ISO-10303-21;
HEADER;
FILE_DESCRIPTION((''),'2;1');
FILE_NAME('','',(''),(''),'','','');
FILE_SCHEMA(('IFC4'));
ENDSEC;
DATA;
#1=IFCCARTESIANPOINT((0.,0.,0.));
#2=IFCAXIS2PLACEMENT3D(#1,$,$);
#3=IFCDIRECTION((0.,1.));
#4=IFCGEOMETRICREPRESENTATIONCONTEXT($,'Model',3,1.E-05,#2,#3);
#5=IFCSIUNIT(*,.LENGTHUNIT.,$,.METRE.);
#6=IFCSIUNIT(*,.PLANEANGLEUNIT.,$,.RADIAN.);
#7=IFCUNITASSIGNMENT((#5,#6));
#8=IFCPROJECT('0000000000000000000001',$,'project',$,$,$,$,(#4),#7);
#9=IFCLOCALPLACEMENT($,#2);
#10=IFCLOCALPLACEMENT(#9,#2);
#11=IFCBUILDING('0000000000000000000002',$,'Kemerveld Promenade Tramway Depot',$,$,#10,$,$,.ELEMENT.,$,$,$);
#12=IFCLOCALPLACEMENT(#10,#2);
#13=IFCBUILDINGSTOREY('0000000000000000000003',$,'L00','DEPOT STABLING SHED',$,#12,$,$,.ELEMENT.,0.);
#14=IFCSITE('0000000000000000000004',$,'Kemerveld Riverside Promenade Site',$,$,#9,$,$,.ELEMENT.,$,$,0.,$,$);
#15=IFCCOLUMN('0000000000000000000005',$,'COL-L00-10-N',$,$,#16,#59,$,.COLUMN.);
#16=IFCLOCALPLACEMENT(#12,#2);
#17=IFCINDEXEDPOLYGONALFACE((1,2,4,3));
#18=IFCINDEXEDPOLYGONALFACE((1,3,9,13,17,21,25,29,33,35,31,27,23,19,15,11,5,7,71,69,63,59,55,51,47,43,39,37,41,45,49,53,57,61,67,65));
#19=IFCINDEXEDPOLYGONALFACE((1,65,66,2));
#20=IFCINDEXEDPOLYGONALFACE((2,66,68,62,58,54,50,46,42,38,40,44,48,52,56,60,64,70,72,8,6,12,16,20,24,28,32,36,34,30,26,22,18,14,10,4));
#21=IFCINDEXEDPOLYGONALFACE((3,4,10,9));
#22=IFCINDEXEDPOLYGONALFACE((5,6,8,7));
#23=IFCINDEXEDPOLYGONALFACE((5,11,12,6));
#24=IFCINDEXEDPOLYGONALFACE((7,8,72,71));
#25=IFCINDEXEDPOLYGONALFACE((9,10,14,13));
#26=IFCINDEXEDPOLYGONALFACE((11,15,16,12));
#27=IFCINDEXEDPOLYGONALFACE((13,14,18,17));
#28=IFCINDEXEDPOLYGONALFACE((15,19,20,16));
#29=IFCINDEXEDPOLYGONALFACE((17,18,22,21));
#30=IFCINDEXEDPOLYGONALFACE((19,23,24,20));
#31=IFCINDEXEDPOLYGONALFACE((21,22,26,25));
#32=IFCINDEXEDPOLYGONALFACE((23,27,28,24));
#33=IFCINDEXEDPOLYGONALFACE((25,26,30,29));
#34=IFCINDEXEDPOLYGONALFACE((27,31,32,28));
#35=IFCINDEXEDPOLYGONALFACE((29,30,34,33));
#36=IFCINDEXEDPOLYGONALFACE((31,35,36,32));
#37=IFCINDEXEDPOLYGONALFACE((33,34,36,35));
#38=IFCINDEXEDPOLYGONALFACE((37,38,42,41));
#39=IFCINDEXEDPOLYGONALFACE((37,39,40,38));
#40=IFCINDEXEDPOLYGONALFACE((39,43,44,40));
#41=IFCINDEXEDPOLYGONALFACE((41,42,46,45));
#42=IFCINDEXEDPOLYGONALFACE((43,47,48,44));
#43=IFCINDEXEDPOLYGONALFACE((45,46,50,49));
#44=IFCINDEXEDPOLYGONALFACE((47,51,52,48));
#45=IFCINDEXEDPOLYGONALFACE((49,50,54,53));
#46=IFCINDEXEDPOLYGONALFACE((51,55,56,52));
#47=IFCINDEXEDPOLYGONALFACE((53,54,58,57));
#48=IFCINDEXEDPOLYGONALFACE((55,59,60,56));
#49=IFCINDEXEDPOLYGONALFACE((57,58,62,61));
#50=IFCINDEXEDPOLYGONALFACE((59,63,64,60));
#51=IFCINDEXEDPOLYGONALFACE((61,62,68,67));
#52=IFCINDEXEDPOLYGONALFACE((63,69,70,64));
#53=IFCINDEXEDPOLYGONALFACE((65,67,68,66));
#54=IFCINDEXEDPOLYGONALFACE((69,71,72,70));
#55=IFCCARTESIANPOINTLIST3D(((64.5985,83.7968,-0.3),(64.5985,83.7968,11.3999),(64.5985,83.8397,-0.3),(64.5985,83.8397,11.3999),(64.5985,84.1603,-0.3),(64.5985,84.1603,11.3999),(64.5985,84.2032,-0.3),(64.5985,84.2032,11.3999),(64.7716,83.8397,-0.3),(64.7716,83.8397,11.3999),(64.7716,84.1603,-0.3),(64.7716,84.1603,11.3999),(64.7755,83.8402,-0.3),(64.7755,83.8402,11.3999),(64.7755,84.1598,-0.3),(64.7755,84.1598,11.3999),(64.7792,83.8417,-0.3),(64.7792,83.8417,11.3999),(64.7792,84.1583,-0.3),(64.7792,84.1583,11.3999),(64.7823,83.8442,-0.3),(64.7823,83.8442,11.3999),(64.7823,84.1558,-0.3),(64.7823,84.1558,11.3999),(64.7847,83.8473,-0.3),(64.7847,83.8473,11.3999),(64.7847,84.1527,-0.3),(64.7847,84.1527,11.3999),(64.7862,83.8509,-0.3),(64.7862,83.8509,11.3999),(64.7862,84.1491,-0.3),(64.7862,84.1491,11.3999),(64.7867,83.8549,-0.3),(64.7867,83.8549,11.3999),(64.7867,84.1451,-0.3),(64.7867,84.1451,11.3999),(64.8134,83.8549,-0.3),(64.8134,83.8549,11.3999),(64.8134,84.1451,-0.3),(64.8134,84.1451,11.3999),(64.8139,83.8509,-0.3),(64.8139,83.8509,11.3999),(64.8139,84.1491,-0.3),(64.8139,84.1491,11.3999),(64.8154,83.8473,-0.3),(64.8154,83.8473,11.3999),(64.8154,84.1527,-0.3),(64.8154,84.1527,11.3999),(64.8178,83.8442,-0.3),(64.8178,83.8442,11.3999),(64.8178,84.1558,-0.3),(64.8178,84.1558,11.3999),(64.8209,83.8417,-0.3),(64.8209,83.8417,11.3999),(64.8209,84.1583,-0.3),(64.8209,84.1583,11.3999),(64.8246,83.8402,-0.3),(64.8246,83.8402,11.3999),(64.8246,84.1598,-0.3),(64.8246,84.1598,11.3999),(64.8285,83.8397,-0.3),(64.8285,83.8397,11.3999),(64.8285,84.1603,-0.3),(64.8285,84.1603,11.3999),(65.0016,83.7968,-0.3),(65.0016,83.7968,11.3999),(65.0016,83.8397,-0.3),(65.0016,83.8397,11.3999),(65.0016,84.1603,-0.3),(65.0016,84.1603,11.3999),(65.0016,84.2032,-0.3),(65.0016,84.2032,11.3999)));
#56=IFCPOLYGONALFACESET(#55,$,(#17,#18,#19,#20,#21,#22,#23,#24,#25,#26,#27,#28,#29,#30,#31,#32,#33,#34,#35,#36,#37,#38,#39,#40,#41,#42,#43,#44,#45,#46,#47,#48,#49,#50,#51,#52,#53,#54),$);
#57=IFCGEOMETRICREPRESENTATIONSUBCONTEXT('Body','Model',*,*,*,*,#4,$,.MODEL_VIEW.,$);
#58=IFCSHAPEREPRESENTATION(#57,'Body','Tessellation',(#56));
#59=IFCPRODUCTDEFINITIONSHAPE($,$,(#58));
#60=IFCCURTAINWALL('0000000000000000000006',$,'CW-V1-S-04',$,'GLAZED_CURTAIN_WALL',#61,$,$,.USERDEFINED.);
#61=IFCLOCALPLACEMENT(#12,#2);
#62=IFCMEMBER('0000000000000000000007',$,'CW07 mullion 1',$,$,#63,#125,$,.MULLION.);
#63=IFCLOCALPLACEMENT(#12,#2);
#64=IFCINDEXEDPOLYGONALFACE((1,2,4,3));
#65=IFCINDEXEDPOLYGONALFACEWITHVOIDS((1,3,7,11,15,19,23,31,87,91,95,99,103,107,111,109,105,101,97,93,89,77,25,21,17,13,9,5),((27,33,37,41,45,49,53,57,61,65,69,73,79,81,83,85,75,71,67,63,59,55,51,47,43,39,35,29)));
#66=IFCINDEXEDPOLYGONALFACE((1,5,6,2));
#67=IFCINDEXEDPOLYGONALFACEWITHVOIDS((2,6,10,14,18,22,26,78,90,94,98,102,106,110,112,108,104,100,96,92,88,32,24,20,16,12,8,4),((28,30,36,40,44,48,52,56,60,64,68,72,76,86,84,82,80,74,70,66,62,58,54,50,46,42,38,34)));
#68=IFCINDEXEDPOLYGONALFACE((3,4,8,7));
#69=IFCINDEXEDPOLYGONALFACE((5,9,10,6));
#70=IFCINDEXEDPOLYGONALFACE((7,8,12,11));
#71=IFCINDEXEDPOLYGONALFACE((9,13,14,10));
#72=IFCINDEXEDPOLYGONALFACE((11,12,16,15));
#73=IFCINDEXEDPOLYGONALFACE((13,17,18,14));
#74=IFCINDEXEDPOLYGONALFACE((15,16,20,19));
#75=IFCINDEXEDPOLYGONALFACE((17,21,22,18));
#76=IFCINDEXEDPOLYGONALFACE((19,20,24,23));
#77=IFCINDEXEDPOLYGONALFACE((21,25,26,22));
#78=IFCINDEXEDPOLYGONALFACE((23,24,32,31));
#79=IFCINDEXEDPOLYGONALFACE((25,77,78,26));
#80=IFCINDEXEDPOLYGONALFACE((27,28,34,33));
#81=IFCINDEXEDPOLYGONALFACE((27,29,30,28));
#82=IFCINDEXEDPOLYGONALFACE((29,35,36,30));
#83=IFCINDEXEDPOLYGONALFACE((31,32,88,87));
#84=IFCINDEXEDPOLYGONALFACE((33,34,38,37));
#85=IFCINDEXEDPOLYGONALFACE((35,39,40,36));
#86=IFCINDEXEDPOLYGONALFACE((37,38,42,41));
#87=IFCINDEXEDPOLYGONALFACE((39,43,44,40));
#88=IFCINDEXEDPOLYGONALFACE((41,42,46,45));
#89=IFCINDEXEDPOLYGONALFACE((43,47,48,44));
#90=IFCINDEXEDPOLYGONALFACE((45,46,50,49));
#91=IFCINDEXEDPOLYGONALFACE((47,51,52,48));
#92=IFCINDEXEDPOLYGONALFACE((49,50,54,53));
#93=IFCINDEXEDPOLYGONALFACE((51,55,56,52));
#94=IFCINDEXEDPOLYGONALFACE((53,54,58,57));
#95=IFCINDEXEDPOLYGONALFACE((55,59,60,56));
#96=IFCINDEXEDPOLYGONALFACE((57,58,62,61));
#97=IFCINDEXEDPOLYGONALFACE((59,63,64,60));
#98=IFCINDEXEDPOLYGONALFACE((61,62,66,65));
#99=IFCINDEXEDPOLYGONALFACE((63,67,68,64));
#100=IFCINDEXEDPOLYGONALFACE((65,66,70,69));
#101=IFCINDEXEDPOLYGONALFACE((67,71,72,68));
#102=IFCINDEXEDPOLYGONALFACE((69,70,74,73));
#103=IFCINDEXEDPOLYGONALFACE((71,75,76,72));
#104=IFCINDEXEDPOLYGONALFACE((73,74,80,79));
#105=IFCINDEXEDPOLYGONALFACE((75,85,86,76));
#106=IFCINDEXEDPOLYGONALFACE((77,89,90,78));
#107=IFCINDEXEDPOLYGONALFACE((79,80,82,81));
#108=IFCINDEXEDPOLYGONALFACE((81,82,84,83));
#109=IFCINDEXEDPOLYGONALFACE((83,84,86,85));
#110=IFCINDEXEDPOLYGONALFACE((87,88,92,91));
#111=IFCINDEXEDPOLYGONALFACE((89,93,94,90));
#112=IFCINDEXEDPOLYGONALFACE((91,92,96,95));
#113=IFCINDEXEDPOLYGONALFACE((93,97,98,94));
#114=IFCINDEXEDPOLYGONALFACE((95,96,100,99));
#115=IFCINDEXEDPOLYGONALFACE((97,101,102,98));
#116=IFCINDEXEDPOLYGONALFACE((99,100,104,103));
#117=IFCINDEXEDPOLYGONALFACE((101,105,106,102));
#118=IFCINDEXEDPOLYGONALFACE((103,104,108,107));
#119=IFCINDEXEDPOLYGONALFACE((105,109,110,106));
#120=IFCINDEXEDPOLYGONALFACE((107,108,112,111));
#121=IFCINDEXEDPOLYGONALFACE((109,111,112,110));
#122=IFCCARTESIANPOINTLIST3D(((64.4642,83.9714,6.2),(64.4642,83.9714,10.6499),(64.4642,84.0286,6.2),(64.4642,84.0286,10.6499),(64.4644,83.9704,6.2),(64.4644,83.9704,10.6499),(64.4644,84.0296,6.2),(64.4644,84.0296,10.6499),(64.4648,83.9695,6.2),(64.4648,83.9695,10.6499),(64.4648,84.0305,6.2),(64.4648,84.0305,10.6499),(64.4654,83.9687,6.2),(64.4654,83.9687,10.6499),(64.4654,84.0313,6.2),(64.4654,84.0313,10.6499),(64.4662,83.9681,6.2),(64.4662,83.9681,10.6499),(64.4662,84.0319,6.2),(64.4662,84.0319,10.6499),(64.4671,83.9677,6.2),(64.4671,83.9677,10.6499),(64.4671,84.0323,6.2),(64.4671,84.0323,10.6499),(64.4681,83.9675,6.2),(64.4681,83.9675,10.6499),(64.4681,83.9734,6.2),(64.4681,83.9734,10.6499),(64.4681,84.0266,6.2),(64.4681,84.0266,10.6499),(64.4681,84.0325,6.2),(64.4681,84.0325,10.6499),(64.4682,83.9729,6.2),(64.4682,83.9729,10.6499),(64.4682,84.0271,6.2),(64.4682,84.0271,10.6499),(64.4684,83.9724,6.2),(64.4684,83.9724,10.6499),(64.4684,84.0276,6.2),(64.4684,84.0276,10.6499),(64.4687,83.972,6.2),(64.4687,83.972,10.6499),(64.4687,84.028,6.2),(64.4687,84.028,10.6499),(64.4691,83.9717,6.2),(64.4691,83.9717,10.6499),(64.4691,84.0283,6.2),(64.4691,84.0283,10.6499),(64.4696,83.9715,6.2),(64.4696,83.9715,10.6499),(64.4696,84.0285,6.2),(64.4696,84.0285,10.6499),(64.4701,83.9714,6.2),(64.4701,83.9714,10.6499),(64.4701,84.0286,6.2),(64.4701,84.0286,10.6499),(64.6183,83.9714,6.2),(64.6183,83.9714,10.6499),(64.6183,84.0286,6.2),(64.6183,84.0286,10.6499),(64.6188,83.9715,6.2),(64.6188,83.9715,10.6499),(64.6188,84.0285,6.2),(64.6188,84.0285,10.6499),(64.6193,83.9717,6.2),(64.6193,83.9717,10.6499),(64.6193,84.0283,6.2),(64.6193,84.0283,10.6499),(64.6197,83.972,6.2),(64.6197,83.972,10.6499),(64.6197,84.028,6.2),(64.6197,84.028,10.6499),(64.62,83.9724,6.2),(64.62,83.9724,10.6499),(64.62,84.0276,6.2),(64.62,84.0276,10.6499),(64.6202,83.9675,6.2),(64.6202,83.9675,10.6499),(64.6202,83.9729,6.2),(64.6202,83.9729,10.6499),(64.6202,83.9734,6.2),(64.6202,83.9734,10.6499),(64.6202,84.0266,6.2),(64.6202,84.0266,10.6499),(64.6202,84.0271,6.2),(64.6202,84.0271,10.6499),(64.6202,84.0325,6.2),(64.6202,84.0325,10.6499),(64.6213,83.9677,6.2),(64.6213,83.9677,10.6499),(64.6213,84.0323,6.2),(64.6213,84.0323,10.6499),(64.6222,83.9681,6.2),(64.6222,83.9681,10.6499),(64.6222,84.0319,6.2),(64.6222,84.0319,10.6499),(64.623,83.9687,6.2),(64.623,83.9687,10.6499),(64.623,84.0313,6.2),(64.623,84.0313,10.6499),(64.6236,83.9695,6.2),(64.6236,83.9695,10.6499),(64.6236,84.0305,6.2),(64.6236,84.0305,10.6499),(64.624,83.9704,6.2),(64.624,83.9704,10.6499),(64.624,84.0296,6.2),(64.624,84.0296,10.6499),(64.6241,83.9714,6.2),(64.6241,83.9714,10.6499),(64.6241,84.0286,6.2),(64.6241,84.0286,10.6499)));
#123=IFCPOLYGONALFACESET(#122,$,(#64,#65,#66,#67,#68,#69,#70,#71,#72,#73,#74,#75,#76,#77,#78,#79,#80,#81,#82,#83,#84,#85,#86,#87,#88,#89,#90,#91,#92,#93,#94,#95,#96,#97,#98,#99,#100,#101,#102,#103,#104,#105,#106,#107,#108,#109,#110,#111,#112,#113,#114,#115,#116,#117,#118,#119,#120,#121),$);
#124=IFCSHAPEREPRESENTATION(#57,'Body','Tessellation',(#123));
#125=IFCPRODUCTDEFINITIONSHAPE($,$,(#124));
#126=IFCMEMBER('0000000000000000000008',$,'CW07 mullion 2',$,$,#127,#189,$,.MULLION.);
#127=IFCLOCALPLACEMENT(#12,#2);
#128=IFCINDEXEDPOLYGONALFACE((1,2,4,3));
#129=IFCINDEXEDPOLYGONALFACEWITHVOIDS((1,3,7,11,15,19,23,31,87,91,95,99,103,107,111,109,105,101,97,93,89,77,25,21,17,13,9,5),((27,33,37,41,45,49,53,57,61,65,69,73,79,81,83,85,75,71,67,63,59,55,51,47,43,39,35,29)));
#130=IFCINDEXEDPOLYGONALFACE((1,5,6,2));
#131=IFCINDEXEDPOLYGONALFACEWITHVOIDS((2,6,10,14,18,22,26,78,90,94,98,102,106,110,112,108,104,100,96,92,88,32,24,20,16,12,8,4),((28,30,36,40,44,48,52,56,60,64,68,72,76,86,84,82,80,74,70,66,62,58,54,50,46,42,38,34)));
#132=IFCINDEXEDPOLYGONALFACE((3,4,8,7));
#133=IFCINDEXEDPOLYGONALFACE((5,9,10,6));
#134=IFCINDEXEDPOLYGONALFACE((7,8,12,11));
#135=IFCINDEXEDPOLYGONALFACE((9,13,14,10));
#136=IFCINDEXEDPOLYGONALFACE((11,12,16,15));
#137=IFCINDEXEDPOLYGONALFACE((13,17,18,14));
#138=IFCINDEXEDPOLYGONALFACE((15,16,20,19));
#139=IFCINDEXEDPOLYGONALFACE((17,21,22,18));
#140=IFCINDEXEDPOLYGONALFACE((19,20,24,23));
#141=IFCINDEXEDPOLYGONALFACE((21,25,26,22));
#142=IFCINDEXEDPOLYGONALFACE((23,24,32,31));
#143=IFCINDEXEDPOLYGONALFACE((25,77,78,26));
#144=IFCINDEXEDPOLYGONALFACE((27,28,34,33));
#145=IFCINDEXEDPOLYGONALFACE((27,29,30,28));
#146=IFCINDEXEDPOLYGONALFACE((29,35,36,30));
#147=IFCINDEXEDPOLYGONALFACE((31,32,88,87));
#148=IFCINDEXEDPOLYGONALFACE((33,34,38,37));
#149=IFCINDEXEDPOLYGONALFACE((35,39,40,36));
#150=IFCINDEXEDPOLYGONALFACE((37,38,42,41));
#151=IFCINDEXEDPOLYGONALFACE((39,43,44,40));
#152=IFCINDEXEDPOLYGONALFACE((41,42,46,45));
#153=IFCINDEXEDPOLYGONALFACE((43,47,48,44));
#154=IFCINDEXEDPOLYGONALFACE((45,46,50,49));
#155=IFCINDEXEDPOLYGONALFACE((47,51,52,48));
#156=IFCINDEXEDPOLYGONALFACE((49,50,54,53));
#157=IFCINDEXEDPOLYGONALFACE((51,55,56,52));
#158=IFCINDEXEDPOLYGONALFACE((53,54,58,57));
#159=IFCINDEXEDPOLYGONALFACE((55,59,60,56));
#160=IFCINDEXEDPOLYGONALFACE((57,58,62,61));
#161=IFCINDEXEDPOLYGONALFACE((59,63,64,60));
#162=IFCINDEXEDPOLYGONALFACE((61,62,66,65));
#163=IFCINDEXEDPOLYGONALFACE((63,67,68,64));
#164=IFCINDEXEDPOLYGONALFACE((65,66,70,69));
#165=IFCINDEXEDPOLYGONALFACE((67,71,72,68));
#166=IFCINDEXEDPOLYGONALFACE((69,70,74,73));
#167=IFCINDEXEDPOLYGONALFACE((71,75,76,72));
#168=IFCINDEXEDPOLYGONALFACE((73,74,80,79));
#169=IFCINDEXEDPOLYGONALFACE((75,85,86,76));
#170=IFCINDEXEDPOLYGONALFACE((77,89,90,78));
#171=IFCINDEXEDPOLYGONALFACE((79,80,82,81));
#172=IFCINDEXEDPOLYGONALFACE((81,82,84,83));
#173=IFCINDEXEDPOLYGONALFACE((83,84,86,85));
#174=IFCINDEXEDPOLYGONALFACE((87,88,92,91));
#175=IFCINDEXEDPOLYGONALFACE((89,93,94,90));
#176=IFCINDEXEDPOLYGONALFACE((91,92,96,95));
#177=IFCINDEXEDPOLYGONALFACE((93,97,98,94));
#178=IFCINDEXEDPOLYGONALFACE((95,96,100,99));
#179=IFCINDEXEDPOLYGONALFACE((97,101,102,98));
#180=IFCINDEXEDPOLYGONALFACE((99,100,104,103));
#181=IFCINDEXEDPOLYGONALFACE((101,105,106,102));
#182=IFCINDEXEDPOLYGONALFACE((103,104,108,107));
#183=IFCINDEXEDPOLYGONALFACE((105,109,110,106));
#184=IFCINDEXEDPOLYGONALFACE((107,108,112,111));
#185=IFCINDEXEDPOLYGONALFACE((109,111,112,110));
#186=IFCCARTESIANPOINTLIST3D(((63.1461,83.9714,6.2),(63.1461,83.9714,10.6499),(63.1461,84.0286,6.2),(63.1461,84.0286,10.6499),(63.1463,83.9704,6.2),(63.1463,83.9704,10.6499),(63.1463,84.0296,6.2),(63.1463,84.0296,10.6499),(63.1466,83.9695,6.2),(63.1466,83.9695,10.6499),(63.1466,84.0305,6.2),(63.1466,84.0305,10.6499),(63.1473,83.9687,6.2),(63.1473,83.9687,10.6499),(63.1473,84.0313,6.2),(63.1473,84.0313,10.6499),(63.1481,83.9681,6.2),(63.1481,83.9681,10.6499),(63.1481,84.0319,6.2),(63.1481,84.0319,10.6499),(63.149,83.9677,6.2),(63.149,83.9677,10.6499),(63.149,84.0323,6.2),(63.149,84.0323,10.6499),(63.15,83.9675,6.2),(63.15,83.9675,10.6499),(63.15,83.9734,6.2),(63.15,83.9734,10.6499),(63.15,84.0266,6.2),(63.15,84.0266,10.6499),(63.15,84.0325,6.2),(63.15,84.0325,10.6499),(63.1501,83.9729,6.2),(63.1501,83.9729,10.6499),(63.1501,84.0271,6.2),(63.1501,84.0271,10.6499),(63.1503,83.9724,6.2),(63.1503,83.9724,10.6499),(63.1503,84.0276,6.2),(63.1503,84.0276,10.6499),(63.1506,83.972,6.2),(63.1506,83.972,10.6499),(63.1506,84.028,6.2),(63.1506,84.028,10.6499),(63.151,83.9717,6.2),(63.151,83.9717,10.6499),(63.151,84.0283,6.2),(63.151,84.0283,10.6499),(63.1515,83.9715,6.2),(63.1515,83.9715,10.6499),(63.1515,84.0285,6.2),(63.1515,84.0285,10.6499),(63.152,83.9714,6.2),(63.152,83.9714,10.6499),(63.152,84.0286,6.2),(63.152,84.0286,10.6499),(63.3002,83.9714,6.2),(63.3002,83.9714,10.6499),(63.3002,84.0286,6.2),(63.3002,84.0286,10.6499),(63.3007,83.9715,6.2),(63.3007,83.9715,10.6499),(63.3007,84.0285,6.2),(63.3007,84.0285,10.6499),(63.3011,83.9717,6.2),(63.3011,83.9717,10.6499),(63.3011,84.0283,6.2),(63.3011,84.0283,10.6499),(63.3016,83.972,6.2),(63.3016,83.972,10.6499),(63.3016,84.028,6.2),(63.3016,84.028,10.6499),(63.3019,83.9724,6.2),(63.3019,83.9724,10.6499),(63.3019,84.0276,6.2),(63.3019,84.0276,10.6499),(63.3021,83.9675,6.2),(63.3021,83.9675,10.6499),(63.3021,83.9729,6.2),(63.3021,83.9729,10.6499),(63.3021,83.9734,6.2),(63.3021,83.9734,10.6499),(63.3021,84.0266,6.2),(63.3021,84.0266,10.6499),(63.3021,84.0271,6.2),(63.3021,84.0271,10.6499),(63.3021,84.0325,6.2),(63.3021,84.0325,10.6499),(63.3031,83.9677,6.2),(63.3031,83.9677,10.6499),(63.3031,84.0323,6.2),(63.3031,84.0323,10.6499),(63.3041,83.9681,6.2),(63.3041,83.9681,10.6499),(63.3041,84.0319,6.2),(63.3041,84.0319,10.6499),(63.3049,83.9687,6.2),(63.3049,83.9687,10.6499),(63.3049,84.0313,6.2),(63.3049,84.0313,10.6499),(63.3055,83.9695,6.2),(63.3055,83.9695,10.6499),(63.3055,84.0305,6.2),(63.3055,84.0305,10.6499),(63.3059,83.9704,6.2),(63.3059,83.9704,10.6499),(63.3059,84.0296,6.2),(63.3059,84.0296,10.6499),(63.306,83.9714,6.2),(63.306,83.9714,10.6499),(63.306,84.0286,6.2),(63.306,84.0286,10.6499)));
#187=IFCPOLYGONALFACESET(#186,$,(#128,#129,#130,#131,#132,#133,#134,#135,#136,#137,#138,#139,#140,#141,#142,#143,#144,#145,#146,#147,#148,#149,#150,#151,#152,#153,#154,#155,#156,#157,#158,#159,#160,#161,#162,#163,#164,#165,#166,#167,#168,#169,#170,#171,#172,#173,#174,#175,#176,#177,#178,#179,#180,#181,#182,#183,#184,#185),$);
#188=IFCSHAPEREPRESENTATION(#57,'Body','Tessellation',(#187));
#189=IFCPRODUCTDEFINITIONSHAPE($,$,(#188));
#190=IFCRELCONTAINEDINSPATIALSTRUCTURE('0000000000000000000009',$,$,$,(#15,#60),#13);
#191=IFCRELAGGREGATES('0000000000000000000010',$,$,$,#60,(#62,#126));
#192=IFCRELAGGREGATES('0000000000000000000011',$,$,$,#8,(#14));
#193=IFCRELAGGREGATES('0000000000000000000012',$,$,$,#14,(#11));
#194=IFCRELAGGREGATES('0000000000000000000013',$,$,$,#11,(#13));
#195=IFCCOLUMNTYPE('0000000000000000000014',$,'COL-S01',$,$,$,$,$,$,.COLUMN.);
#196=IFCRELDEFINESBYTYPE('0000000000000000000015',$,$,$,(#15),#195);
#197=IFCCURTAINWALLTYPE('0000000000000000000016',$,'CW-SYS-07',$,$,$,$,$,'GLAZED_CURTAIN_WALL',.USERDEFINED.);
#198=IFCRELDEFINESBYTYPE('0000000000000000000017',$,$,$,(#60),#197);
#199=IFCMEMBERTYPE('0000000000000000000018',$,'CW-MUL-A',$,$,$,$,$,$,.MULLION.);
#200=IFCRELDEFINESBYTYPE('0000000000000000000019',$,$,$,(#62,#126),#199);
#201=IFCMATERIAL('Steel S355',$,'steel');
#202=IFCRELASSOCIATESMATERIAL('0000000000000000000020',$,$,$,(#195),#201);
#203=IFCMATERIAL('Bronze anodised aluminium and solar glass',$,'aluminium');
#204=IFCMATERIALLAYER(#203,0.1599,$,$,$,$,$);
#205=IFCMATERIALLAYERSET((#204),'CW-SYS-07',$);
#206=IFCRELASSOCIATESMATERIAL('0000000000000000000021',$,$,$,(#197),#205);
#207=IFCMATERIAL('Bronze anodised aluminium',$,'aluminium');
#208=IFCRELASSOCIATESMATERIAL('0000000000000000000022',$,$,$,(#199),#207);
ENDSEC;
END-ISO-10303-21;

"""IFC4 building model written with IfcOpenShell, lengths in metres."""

from ifc_helpers import new_model, si_unit, direction, frame, origin, origin_2d, place, context, subcontext, project, spatial, hollow_rectangle, i_section, extrude, material, layer, layer_set, material_profile, profile_set, type_object, element, aggregate, save


model = new_model("IFC4")

# Units and contexts
model_context = context("Model", 3, precision=1e-05, world=origin(), true_north=direction((0.0, 1.0)))
body_context = subcontext(model_context, "Body", "Model", "MODEL_VIEW")
ifc_project = project(units=[si_unit("LENGTHUNIT", "METRE"), si_unit("PLANEANGLEUNIT", "RADIAN")], contexts=[model_context])

# Site, building, storey
site_placement = place(None, origin())
site = spatial("IfcSite", under=ifc_project, at=site_placement, Name="Kemerveld Riverside Promenade Site", CompositionType="ELEMENT", RefElevation=0.0)
building_placement = place(site_placement, origin())
building = spatial("IfcBuilding", under=site, at=building_placement, Name="Kemerveld Promenade Tramway Depot", CompositionType="ELEMENT")
storey_placement = place(building_placement, origin())
storey = spatial("IfcBuildingStorey", under=building, at=storey_placement, Name="L00", Description="DEPOT STABLING SHED", CompositionType="ELEMENT", Elevation=0.0)

# Column
ifc_material_1 = material(Name="Steel S355", Category="steel")
ifc_material_profile_1 = material_profile(ifc_material_1, i_section(OverallWidth=0.4031, OverallDepth=0.4065, WebThickness=0.0266, FlangeThickness=0.043, FilletRadius=0.0151, at=origin_2d()), Name="356x406x340 UC")
ifc_profile_set_1 = profile_set([ifc_material_profile_1], Name="Steel S355")
column_type = type_object("IfcColumnType", Name="COL-S01", PredefinedType="COLUMN", material=ifc_profile_set_1)
column_placement = place(storey_placement, frame((64.8, 84.0, -0.3), z_axis=(0.0, 0.0, 1.0), x_axis=(1.0, 0.0, 0.0)))
element("IfcColumn", 1, at=column_placement, inside=storey, type_object=column_type, Name="COL-L00-10-N", PredefinedType="COLUMN", context=body_context, shape_type="SweptSolid", body=[
    extrude(i_section(OverallWidth=0.4031, OverallDepth=0.4065, WebThickness=0.0266, FlangeThickness=0.043, FilletRadius=0.0151, at=origin_2d()), origin(), (0.0, 0.0, 1.0), 11.7),
])

# Curtain wall, members
ifc_material_2 = material(Name="Bronze anodised aluminium and solar glass", Category="aluminium")
ifc_layer_1 = layer(ifc_material_2, 0.1599)
ifc_layer_set_1 = layer_set([ifc_layer_1], Name="CW-SYS-07")
curtain_wall_type_1 = type_object("IfcCurtainWallType", Name="CW-SYS-07", ElementType="GLAZED_CURTAIN_WALL", PredefinedType="USERDEFINED", material=ifc_layer_set_1)
curtain_wall_1_placement = place(storey_placement, origin())
curtain_wall_1 = element("IfcCurtainWall", 2, at=curtain_wall_1_placement, inside=storey, type_object=curtain_wall_type_1, Name="CW-V1-S-04", ObjectType="GLAZED_CURTAIN_WALL", PredefinedType="USERDEFINED")
ifc_material_3 = material(Name="Bronze anodised aluminium", Category="aluminium")
ifc_material_profile_2 = material_profile(ifc_material_3, hollow_rectangle(XDim=0.0649, YDim=0.1599, WallThickness=0.0039, InnerFilletRadius=0.002, OuterFilletRadius=0.0039, at=origin_2d()), Name="CW-MUL-160x65")
ifc_profile_set_2 = profile_set([ifc_material_profile_2], Name="Bronze anodised aluminium")
member_type_1 = type_object("IfcMemberType", Name="CW-MUL-A", PredefinedType="MULLION", material=ifc_profile_set_2)
member_1_placement = place(storey_placement, frame((64.5442, 84.0, 6.2), z_axis=(0.0, 0.0, 1.0), x_axis=(0.0, -1.0, 0.0)))
member_1 = element("IfcMember", 3, at=member_1_placement, type_object=member_type_1, Name="CW07 mullion 1", PredefinedType="MULLION", context=body_context, shape_type="SweptSolid", body=[
    extrude(hollow_rectangle(XDim=0.0649, YDim=0.1599, WallThickness=0.0039, InnerFilletRadius=0.002, OuterFilletRadius=0.0039, at=origin_2d()), origin(), (0.0, 0.0, 1.0), 4.45),
])
member_2_placement = place(storey_placement, frame((63.2261, 84.0, 6.2), z_axis=(0.0, 0.0, 1.0), x_axis=(0.0, -1.0, 0.0)))
member_2 = element("IfcMember", 4, at=member_2_placement, type_object=member_type_1, Name="CW07 mullion 2", PredefinedType="MULLION", context=body_context, shape_type="SweptSolid", body=[
    extrude(hollow_rectangle(XDim=0.0649, YDim=0.1599, WallThickness=0.0039, InnerFilletRadius=0.002, OuterFilletRadius=0.0039, at=origin_2d()), origin(), (0.0, 0.0, 1.0), 4.45),
])

aggregate(curtain_wall_1, [member_1, member_2])

save(model, "model.ifc")
